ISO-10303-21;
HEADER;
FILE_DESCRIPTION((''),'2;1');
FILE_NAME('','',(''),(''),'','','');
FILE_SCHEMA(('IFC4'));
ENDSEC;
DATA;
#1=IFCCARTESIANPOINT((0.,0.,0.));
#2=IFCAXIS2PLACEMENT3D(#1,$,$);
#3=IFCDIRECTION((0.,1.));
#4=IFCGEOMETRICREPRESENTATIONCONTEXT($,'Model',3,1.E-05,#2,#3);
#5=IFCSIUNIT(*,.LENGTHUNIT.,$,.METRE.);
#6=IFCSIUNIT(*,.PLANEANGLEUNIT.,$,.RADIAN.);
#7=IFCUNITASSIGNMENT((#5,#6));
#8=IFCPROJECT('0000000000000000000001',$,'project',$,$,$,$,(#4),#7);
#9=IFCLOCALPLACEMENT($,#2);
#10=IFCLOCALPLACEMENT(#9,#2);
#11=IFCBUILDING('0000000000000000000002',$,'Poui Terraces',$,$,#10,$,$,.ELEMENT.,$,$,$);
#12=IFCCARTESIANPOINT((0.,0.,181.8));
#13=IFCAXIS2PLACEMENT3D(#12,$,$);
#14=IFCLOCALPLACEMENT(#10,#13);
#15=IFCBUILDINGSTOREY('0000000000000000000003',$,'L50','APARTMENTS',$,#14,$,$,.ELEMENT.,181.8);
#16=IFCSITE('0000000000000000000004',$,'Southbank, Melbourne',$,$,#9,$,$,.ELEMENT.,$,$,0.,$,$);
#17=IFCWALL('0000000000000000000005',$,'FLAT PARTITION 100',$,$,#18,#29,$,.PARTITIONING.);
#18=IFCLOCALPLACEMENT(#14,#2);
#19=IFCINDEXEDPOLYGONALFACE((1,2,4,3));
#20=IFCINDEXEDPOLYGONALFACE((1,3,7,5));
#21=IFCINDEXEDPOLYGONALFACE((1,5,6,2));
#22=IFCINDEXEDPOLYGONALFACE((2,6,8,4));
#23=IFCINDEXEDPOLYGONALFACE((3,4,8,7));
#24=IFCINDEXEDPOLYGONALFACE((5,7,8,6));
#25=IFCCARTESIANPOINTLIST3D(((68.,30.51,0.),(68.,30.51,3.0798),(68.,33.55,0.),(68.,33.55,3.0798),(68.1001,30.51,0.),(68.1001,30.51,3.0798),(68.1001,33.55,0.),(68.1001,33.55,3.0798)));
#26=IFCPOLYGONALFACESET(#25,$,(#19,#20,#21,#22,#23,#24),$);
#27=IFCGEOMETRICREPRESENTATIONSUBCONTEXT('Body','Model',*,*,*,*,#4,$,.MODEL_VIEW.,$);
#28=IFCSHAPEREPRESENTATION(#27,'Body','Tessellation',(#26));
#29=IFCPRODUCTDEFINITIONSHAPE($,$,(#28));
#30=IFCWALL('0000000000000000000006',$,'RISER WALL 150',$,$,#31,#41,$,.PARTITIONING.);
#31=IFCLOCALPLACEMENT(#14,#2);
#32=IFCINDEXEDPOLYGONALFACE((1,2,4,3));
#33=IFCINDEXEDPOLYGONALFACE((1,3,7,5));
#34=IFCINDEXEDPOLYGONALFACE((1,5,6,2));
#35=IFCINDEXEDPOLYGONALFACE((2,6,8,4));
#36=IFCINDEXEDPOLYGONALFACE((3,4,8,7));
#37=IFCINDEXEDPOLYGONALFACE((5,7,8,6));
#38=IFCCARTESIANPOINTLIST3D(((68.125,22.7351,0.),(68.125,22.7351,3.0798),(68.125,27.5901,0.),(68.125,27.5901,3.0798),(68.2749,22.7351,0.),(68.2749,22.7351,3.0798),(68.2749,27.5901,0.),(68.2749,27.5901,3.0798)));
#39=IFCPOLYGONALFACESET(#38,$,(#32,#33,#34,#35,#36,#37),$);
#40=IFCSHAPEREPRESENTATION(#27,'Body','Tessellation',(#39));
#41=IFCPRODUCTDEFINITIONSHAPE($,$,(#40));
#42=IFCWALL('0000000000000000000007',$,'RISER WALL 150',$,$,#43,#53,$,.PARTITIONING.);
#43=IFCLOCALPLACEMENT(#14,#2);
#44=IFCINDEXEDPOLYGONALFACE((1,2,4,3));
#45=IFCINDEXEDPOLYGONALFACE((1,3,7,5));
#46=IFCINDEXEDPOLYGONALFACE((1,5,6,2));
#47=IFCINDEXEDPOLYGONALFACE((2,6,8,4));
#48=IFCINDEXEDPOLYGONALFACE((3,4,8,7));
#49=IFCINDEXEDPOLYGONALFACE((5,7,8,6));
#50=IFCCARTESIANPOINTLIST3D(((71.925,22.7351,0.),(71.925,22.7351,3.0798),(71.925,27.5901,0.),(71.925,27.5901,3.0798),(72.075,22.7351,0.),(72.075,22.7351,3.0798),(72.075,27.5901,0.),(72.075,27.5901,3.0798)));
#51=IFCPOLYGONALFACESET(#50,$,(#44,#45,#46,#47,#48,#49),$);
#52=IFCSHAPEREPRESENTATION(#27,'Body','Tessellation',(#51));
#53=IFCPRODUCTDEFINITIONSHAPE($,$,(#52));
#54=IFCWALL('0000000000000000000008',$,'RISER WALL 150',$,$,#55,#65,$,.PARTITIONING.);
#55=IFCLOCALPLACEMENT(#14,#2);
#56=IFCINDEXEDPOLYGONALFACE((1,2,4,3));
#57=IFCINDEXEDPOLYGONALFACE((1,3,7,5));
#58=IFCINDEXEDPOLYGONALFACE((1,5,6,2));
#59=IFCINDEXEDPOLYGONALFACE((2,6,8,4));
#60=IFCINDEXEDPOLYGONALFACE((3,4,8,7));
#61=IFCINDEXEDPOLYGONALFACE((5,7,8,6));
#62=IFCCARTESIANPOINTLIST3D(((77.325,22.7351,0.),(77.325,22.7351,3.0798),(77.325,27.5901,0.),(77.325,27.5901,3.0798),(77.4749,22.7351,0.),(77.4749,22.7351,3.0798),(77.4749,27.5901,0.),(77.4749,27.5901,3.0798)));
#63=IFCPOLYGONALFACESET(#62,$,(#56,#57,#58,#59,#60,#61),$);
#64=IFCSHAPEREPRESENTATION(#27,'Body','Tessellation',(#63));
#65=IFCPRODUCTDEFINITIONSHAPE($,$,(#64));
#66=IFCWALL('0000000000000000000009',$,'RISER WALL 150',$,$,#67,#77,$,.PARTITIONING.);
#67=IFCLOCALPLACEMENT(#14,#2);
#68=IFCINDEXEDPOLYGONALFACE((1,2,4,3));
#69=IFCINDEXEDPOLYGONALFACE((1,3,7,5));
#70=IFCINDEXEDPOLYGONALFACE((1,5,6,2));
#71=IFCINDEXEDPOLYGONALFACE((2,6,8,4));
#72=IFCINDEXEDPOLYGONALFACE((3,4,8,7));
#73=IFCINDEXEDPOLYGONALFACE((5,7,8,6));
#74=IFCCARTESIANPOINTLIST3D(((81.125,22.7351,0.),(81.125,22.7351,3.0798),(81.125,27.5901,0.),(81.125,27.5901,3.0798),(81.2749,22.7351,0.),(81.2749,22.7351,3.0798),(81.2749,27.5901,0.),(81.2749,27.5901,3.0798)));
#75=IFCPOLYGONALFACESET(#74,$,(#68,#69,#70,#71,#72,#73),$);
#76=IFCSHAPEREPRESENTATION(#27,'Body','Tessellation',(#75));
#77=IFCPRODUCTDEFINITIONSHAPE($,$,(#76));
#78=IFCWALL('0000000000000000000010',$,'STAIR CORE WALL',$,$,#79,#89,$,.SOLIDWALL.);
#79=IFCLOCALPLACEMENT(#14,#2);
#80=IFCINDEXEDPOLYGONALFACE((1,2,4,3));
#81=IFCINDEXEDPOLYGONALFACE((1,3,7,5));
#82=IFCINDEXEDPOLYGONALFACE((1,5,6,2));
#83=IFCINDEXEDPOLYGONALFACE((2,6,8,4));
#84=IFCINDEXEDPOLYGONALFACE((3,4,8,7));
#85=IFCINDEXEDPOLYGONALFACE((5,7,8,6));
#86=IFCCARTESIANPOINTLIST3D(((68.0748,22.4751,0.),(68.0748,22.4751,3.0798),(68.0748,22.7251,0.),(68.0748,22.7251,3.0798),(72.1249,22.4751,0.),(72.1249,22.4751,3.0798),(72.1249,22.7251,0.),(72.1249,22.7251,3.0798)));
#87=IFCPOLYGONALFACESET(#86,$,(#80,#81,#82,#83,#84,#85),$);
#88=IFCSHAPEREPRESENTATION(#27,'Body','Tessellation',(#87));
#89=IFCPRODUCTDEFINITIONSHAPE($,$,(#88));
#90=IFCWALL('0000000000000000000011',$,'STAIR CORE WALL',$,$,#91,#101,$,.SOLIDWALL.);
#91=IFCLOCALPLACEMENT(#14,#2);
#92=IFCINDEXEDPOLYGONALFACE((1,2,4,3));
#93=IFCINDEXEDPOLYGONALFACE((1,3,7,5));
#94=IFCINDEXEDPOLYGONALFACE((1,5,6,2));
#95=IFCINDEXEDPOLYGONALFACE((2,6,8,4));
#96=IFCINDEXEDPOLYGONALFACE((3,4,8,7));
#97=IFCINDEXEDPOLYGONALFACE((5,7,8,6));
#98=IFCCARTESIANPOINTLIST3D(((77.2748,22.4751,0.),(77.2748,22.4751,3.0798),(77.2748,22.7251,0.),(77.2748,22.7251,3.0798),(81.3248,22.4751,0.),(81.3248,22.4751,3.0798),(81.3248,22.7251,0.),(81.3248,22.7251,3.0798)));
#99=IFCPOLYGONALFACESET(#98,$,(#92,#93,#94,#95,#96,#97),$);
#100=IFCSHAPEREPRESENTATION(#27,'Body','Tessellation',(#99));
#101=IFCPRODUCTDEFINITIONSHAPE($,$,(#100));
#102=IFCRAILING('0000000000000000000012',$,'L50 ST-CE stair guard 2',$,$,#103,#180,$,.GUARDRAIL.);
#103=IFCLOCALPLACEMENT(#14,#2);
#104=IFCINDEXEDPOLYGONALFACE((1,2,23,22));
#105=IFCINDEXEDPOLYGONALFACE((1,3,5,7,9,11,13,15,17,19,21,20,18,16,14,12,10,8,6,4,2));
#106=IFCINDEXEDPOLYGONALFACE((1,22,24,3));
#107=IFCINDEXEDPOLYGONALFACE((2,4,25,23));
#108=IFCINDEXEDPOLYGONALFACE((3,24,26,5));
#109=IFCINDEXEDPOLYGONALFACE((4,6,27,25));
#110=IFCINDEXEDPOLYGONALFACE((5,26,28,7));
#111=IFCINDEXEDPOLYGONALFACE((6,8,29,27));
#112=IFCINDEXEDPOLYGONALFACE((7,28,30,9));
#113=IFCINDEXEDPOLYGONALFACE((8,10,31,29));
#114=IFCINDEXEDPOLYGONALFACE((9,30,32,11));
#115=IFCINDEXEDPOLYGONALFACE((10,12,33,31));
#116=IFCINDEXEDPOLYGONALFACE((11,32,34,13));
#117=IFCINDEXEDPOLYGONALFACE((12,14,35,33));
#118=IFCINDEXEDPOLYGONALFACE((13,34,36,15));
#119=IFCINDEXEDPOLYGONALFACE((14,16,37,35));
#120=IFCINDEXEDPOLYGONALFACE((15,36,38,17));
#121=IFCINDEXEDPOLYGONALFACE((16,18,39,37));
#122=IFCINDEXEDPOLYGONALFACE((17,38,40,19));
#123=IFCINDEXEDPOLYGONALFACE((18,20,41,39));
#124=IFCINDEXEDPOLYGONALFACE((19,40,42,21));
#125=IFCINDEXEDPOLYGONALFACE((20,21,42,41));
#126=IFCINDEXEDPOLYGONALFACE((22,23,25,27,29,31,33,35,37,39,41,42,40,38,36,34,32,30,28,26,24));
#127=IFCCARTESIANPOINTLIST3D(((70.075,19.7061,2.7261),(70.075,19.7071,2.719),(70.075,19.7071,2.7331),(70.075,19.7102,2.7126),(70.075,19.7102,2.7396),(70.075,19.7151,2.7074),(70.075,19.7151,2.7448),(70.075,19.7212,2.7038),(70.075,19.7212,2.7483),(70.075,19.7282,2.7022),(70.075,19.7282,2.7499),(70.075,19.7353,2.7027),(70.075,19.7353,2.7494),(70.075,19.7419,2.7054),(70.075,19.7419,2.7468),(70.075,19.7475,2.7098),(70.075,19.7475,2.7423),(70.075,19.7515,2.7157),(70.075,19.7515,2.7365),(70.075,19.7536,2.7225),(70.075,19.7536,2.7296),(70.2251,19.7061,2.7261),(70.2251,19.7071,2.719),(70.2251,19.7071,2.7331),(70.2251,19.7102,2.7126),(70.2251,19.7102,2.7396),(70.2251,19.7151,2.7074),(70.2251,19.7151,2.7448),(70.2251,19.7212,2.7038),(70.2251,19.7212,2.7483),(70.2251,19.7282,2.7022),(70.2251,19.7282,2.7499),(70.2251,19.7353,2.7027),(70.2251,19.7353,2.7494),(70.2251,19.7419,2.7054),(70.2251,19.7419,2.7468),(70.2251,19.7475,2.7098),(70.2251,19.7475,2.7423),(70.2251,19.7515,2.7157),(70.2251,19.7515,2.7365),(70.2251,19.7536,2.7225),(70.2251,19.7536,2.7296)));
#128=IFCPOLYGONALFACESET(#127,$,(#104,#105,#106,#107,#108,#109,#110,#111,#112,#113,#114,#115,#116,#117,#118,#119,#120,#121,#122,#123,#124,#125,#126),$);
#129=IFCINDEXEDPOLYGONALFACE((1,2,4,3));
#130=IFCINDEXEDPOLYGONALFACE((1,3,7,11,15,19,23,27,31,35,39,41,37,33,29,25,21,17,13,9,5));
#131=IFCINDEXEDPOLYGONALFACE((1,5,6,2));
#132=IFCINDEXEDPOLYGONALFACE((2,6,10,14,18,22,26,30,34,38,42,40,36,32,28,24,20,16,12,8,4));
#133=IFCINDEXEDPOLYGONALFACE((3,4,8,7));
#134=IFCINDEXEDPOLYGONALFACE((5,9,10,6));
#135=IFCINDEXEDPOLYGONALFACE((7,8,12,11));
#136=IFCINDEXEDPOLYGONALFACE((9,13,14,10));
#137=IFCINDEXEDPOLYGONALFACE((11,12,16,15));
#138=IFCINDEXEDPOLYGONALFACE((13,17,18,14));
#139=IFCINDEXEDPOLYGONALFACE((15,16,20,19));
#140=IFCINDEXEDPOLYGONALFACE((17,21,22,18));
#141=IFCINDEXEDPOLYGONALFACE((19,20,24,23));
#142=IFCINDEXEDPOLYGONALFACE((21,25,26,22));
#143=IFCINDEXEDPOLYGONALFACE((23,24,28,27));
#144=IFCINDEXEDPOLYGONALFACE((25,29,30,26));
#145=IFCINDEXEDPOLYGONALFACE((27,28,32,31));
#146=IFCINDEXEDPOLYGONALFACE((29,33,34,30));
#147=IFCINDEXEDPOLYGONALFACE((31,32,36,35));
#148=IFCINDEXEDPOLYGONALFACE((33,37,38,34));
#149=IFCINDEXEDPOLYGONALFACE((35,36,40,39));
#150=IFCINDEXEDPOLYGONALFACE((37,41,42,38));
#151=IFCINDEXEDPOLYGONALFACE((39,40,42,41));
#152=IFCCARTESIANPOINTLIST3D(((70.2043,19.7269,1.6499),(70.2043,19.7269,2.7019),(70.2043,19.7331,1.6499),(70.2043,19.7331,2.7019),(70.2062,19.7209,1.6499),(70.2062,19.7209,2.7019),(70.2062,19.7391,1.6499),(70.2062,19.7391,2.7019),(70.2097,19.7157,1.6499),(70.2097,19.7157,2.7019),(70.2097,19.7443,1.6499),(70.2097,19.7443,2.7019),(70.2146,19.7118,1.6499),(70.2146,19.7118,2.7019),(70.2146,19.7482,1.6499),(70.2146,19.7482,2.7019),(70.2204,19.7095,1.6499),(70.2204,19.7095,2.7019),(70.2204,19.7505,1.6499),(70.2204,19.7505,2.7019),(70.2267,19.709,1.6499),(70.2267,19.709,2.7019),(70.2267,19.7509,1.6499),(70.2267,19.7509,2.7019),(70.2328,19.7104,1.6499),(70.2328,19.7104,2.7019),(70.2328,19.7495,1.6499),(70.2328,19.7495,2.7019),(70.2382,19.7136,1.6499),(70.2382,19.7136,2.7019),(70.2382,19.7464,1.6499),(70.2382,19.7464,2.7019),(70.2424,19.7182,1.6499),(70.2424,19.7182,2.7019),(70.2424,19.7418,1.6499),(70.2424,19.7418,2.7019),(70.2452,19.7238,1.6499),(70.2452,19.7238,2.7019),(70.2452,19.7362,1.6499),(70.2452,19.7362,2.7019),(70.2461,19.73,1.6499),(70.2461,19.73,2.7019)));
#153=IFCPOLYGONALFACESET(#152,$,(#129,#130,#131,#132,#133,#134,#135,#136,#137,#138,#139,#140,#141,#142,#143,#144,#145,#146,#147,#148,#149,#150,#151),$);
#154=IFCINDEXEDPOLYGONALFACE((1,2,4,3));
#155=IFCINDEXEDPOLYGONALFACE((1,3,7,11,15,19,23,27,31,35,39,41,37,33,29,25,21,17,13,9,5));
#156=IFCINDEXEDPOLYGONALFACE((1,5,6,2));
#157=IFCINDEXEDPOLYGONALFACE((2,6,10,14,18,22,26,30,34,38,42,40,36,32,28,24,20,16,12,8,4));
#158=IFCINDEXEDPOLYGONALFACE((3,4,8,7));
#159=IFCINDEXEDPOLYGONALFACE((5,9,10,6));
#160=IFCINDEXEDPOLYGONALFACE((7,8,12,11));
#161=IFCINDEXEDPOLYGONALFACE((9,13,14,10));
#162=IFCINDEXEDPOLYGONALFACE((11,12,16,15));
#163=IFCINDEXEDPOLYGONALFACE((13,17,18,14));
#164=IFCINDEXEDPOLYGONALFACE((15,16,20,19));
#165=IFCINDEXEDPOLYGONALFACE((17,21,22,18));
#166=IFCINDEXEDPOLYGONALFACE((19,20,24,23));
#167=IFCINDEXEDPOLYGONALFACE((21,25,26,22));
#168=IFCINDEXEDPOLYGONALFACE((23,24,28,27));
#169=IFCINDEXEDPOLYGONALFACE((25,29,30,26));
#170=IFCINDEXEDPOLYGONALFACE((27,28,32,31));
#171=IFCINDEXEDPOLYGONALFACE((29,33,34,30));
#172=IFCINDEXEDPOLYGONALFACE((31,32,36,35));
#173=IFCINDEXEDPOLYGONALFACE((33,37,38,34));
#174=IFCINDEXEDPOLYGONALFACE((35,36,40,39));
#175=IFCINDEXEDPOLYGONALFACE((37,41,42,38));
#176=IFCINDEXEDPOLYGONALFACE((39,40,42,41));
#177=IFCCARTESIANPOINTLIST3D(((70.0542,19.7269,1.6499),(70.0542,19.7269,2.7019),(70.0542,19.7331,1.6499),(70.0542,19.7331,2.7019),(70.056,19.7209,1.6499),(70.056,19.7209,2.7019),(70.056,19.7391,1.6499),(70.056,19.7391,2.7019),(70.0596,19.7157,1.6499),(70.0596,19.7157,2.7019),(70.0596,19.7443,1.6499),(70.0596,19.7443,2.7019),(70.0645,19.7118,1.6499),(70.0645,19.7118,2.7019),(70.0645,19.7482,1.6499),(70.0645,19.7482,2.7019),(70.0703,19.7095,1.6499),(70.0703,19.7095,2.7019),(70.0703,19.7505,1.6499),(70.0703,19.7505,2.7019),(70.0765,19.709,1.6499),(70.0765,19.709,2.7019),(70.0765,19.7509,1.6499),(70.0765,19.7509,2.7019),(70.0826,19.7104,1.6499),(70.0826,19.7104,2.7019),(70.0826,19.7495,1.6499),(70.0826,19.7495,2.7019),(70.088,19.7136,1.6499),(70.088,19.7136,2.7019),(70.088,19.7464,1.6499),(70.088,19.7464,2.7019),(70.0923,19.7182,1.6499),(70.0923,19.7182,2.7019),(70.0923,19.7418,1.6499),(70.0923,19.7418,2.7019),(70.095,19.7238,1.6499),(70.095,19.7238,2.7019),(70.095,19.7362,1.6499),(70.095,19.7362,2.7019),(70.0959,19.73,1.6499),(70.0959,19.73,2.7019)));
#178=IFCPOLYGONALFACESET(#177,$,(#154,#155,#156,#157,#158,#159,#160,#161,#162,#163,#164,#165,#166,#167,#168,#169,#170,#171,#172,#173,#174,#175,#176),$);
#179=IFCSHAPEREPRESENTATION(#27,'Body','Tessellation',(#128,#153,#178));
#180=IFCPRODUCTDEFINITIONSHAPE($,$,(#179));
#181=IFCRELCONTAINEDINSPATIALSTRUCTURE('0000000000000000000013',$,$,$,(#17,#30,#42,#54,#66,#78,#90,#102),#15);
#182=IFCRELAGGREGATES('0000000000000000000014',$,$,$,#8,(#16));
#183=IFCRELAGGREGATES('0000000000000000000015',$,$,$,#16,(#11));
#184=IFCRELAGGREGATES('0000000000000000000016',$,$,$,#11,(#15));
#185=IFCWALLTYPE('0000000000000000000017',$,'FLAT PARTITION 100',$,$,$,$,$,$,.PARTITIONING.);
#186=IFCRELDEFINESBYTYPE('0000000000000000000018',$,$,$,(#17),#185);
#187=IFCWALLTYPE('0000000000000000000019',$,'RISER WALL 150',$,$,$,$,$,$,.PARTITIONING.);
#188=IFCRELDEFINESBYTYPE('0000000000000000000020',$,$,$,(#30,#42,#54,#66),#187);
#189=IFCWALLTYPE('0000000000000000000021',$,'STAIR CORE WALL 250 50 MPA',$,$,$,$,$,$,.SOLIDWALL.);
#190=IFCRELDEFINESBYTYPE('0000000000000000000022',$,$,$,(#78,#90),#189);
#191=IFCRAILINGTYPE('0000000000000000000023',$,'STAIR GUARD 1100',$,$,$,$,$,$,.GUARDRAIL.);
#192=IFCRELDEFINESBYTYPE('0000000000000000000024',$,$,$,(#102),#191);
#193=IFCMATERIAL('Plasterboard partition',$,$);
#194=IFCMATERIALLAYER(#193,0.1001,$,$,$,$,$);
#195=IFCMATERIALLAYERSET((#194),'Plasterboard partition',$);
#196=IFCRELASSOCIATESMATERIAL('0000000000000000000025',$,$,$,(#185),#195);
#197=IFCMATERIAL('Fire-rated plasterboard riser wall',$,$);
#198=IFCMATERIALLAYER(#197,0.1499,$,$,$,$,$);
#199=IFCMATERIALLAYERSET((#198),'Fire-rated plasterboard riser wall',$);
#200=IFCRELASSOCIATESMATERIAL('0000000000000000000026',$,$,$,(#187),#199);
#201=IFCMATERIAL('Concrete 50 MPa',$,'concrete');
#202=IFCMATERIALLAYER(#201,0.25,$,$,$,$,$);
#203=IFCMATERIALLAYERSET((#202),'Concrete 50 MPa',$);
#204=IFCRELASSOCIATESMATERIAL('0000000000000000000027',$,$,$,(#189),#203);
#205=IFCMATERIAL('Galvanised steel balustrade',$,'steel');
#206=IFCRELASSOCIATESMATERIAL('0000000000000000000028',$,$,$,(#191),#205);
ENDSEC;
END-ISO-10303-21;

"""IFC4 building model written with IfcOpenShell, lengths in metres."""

from ifc_helpers import new_model, si_unit, direction, frame, frame_2d, origin, origin_2d, place, context, subcontext, project, spatial, rectangle, circle, extrude, material, layer, layer_set, type_object, element, save


model = new_model("IFC4")

# Units and contexts
model_context = context("Model", 3, precision=1e-05, world=origin(), true_north=direction((0.0, 1.0)))
body_context = subcontext(model_context, "Body", "Model", "MODEL_VIEW")
ifc_project = project(units=[si_unit("LENGTHUNIT", "METRE"), si_unit("PLANEANGLEUNIT", "RADIAN")], contexts=[model_context])

# Site, building, storey
site_placement = place(None, origin())
site = spatial("IfcSite", under=ifc_project, at=site_placement, Name="Southbank, Melbourne", CompositionType="ELEMENT", RefElevation=0.0)
building_placement = place(site_placement, origin())
building = spatial("IfcBuilding", under=site, at=building_placement, Name="Poui Terraces", CompositionType="ELEMENT")
storey_placement = place(building_placement, frame((0.0, 0.0, 181.8)))
storey = spatial("IfcBuildingStorey", under=building, at=storey_placement, Name="L50", Description="APARTMENTS", CompositionType="ELEMENT", Elevation=181.8)

# Shared definitions
ifc_material_1 = material(Name="Concrete 50 MPa", Category="concrete")

# Walls
ifc_material_2 = material(Name="Plasterboard partition")
ifc_layer_1 = layer(ifc_material_2, 0.1001)
ifc_layer_set_1 = layer_set([ifc_layer_1], Name="Plasterboard partition")
wall_type_1 = type_object("IfcWallType", Name="FLAT PARTITION 100", PredefinedType="PARTITIONING", material=ifc_layer_set_1)
wall_1_placement = place(storey_placement, frame((68.05, 30.51, 0.0), z_axis=(0.0, 0.0, 1.0), x_axis=(0.0, 1.0, 0.0)))
element("IfcWall", 1, at=wall_1_placement, inside=storey, type_object=wall_type_1, Name="FLAT PARTITION 100", PredefinedType="PARTITIONING", context=body_context, shape_type="SweptSolid", body=[
    extrude(rectangle(XDim=3.04, YDim=0.1001, at=frame_2d((1.52, 0.0))), origin(), (0.0, 0.0, 1.0), 3.0798),
])
ifc_material_3 = material(Name="Fire-rated plasterboard riser wall")
ifc_layer_2 = layer(ifc_material_3, 0.1499)
ifc_layer_set_2 = layer_set([ifc_layer_2], Name="Fire-rated plasterboard riser wall")
wall_type_2 = type_object("IfcWallType", Name="RISER WALL 150", PredefinedType="PARTITIONING", material=ifc_layer_set_2)
for number, where, z_axis, x_axis, name in (
    (2, (68.2, 22.7351, 0.0), (0.0, 0.0, 1.0), (0.0, 1.0, 0.0), "RISER WALL 150"),
    (3, (72.0, 22.7351, 0.0), (0.0, 0.0, 1.0), (0.0, 1.0, 0.0), "RISER WALL 150"),
    (4, (77.3999, 22.7351, 0.0), (0.0, 0.0, 1.0), (0.0, 1.0, 0.0), "RISER WALL 150"),
    (5, (81.2, 22.7351, 0.0), (0.0, 0.0, 1.0), (0.0, 1.0, 0.0), "RISER WALL 150"),
):
    element("IfcWall", number, at=place(storey_placement, frame(where, z_axis=z_axis, x_axis=x_axis)), inside=storey, type_object=wall_type_2, Name=name, PredefinedType="PARTITIONING", context=body_context, shape_type="SweptSolid", body=[
        extrude(rectangle(XDim=4.855, YDim=0.1499, at=frame_2d((2.4275, 0.0))), origin(), (0.0, 0.0, 1.0), 3.0798),
    ])
ifc_layer_3 = layer(ifc_material_1, 0.25)
ifc_layer_set_3 = layer_set([ifc_layer_3], Name="Concrete 50 MPa")
wall_type_3 = type_object("IfcWallType", Name="STAIR CORE WALL 250 50 MPA", PredefinedType="SOLIDWALL", material=ifc_layer_set_3)
for number, where, z_axis, x_axis, name in (
    (6, (68.075, 22.6001, 0.0), (0.0, 0.0, 1.0), (1.0, 0.0, 0.0), "STAIR CORE WALL"),
    (7, (77.2749, 22.6001, 0.0), (0.0, 0.0, 1.0), (1.0, 0.0, 0.0), "STAIR CORE WALL"),
):
    element("IfcWall", number, at=place(storey_placement, frame(where, z_axis=z_axis, x_axis=x_axis)), inside=storey, type_object=wall_type_3, Name=name, PredefinedType="SOLIDWALL", context=body_context, shape_type="SweptSolid", body=[
        extrude(rectangle(XDim=4.05, YDim=0.25, at=frame_2d((2.0249, 0.0))), origin(), (0.0, 0.0, 1.0), 3.0798),
    ])

# Railing
ifc_material_4 = material(Name="Galvanised steel balustrade", Category="steel")
railing_type = type_object("IfcRailingType", Name="STAIR GUARD 1100", PredefinedType="GUARDRAIL", material=ifc_material_4)
for number, where, name in (
    (8, (70.2251, 19.73, 1.6499), "L50 ST-CE stair guard 2"),
):
    element("IfcRailing", number, at=place(storey_placement, frame(where)), inside=storey, type_object=railing_type, Name=name, PredefinedType="GUARDRAIL", context=body_context, shape_type="SweptSolid", body=[
        extrude(circle(Radius=0.0239, at=origin_2d()), frame((0.0, 0.0, 1.0762), z_axis=(-1.0, 0.0, 0.0), x_axis=(0.0, -1.0, 0.0)), (0.0, 0.0, 1.0), 0.1501),
        extrude(circle(Radius=0.021, at=origin_2d()), origin(), (0.0, 0.0, 1.0), 1.052),
        extrude(circle(Radius=0.021, at=origin_2d()), frame((-0.1501, 0.0, 0.0)), (0.0, 0.0, 1.0), 1.052),
    ])

save(model, "model.ifc")
